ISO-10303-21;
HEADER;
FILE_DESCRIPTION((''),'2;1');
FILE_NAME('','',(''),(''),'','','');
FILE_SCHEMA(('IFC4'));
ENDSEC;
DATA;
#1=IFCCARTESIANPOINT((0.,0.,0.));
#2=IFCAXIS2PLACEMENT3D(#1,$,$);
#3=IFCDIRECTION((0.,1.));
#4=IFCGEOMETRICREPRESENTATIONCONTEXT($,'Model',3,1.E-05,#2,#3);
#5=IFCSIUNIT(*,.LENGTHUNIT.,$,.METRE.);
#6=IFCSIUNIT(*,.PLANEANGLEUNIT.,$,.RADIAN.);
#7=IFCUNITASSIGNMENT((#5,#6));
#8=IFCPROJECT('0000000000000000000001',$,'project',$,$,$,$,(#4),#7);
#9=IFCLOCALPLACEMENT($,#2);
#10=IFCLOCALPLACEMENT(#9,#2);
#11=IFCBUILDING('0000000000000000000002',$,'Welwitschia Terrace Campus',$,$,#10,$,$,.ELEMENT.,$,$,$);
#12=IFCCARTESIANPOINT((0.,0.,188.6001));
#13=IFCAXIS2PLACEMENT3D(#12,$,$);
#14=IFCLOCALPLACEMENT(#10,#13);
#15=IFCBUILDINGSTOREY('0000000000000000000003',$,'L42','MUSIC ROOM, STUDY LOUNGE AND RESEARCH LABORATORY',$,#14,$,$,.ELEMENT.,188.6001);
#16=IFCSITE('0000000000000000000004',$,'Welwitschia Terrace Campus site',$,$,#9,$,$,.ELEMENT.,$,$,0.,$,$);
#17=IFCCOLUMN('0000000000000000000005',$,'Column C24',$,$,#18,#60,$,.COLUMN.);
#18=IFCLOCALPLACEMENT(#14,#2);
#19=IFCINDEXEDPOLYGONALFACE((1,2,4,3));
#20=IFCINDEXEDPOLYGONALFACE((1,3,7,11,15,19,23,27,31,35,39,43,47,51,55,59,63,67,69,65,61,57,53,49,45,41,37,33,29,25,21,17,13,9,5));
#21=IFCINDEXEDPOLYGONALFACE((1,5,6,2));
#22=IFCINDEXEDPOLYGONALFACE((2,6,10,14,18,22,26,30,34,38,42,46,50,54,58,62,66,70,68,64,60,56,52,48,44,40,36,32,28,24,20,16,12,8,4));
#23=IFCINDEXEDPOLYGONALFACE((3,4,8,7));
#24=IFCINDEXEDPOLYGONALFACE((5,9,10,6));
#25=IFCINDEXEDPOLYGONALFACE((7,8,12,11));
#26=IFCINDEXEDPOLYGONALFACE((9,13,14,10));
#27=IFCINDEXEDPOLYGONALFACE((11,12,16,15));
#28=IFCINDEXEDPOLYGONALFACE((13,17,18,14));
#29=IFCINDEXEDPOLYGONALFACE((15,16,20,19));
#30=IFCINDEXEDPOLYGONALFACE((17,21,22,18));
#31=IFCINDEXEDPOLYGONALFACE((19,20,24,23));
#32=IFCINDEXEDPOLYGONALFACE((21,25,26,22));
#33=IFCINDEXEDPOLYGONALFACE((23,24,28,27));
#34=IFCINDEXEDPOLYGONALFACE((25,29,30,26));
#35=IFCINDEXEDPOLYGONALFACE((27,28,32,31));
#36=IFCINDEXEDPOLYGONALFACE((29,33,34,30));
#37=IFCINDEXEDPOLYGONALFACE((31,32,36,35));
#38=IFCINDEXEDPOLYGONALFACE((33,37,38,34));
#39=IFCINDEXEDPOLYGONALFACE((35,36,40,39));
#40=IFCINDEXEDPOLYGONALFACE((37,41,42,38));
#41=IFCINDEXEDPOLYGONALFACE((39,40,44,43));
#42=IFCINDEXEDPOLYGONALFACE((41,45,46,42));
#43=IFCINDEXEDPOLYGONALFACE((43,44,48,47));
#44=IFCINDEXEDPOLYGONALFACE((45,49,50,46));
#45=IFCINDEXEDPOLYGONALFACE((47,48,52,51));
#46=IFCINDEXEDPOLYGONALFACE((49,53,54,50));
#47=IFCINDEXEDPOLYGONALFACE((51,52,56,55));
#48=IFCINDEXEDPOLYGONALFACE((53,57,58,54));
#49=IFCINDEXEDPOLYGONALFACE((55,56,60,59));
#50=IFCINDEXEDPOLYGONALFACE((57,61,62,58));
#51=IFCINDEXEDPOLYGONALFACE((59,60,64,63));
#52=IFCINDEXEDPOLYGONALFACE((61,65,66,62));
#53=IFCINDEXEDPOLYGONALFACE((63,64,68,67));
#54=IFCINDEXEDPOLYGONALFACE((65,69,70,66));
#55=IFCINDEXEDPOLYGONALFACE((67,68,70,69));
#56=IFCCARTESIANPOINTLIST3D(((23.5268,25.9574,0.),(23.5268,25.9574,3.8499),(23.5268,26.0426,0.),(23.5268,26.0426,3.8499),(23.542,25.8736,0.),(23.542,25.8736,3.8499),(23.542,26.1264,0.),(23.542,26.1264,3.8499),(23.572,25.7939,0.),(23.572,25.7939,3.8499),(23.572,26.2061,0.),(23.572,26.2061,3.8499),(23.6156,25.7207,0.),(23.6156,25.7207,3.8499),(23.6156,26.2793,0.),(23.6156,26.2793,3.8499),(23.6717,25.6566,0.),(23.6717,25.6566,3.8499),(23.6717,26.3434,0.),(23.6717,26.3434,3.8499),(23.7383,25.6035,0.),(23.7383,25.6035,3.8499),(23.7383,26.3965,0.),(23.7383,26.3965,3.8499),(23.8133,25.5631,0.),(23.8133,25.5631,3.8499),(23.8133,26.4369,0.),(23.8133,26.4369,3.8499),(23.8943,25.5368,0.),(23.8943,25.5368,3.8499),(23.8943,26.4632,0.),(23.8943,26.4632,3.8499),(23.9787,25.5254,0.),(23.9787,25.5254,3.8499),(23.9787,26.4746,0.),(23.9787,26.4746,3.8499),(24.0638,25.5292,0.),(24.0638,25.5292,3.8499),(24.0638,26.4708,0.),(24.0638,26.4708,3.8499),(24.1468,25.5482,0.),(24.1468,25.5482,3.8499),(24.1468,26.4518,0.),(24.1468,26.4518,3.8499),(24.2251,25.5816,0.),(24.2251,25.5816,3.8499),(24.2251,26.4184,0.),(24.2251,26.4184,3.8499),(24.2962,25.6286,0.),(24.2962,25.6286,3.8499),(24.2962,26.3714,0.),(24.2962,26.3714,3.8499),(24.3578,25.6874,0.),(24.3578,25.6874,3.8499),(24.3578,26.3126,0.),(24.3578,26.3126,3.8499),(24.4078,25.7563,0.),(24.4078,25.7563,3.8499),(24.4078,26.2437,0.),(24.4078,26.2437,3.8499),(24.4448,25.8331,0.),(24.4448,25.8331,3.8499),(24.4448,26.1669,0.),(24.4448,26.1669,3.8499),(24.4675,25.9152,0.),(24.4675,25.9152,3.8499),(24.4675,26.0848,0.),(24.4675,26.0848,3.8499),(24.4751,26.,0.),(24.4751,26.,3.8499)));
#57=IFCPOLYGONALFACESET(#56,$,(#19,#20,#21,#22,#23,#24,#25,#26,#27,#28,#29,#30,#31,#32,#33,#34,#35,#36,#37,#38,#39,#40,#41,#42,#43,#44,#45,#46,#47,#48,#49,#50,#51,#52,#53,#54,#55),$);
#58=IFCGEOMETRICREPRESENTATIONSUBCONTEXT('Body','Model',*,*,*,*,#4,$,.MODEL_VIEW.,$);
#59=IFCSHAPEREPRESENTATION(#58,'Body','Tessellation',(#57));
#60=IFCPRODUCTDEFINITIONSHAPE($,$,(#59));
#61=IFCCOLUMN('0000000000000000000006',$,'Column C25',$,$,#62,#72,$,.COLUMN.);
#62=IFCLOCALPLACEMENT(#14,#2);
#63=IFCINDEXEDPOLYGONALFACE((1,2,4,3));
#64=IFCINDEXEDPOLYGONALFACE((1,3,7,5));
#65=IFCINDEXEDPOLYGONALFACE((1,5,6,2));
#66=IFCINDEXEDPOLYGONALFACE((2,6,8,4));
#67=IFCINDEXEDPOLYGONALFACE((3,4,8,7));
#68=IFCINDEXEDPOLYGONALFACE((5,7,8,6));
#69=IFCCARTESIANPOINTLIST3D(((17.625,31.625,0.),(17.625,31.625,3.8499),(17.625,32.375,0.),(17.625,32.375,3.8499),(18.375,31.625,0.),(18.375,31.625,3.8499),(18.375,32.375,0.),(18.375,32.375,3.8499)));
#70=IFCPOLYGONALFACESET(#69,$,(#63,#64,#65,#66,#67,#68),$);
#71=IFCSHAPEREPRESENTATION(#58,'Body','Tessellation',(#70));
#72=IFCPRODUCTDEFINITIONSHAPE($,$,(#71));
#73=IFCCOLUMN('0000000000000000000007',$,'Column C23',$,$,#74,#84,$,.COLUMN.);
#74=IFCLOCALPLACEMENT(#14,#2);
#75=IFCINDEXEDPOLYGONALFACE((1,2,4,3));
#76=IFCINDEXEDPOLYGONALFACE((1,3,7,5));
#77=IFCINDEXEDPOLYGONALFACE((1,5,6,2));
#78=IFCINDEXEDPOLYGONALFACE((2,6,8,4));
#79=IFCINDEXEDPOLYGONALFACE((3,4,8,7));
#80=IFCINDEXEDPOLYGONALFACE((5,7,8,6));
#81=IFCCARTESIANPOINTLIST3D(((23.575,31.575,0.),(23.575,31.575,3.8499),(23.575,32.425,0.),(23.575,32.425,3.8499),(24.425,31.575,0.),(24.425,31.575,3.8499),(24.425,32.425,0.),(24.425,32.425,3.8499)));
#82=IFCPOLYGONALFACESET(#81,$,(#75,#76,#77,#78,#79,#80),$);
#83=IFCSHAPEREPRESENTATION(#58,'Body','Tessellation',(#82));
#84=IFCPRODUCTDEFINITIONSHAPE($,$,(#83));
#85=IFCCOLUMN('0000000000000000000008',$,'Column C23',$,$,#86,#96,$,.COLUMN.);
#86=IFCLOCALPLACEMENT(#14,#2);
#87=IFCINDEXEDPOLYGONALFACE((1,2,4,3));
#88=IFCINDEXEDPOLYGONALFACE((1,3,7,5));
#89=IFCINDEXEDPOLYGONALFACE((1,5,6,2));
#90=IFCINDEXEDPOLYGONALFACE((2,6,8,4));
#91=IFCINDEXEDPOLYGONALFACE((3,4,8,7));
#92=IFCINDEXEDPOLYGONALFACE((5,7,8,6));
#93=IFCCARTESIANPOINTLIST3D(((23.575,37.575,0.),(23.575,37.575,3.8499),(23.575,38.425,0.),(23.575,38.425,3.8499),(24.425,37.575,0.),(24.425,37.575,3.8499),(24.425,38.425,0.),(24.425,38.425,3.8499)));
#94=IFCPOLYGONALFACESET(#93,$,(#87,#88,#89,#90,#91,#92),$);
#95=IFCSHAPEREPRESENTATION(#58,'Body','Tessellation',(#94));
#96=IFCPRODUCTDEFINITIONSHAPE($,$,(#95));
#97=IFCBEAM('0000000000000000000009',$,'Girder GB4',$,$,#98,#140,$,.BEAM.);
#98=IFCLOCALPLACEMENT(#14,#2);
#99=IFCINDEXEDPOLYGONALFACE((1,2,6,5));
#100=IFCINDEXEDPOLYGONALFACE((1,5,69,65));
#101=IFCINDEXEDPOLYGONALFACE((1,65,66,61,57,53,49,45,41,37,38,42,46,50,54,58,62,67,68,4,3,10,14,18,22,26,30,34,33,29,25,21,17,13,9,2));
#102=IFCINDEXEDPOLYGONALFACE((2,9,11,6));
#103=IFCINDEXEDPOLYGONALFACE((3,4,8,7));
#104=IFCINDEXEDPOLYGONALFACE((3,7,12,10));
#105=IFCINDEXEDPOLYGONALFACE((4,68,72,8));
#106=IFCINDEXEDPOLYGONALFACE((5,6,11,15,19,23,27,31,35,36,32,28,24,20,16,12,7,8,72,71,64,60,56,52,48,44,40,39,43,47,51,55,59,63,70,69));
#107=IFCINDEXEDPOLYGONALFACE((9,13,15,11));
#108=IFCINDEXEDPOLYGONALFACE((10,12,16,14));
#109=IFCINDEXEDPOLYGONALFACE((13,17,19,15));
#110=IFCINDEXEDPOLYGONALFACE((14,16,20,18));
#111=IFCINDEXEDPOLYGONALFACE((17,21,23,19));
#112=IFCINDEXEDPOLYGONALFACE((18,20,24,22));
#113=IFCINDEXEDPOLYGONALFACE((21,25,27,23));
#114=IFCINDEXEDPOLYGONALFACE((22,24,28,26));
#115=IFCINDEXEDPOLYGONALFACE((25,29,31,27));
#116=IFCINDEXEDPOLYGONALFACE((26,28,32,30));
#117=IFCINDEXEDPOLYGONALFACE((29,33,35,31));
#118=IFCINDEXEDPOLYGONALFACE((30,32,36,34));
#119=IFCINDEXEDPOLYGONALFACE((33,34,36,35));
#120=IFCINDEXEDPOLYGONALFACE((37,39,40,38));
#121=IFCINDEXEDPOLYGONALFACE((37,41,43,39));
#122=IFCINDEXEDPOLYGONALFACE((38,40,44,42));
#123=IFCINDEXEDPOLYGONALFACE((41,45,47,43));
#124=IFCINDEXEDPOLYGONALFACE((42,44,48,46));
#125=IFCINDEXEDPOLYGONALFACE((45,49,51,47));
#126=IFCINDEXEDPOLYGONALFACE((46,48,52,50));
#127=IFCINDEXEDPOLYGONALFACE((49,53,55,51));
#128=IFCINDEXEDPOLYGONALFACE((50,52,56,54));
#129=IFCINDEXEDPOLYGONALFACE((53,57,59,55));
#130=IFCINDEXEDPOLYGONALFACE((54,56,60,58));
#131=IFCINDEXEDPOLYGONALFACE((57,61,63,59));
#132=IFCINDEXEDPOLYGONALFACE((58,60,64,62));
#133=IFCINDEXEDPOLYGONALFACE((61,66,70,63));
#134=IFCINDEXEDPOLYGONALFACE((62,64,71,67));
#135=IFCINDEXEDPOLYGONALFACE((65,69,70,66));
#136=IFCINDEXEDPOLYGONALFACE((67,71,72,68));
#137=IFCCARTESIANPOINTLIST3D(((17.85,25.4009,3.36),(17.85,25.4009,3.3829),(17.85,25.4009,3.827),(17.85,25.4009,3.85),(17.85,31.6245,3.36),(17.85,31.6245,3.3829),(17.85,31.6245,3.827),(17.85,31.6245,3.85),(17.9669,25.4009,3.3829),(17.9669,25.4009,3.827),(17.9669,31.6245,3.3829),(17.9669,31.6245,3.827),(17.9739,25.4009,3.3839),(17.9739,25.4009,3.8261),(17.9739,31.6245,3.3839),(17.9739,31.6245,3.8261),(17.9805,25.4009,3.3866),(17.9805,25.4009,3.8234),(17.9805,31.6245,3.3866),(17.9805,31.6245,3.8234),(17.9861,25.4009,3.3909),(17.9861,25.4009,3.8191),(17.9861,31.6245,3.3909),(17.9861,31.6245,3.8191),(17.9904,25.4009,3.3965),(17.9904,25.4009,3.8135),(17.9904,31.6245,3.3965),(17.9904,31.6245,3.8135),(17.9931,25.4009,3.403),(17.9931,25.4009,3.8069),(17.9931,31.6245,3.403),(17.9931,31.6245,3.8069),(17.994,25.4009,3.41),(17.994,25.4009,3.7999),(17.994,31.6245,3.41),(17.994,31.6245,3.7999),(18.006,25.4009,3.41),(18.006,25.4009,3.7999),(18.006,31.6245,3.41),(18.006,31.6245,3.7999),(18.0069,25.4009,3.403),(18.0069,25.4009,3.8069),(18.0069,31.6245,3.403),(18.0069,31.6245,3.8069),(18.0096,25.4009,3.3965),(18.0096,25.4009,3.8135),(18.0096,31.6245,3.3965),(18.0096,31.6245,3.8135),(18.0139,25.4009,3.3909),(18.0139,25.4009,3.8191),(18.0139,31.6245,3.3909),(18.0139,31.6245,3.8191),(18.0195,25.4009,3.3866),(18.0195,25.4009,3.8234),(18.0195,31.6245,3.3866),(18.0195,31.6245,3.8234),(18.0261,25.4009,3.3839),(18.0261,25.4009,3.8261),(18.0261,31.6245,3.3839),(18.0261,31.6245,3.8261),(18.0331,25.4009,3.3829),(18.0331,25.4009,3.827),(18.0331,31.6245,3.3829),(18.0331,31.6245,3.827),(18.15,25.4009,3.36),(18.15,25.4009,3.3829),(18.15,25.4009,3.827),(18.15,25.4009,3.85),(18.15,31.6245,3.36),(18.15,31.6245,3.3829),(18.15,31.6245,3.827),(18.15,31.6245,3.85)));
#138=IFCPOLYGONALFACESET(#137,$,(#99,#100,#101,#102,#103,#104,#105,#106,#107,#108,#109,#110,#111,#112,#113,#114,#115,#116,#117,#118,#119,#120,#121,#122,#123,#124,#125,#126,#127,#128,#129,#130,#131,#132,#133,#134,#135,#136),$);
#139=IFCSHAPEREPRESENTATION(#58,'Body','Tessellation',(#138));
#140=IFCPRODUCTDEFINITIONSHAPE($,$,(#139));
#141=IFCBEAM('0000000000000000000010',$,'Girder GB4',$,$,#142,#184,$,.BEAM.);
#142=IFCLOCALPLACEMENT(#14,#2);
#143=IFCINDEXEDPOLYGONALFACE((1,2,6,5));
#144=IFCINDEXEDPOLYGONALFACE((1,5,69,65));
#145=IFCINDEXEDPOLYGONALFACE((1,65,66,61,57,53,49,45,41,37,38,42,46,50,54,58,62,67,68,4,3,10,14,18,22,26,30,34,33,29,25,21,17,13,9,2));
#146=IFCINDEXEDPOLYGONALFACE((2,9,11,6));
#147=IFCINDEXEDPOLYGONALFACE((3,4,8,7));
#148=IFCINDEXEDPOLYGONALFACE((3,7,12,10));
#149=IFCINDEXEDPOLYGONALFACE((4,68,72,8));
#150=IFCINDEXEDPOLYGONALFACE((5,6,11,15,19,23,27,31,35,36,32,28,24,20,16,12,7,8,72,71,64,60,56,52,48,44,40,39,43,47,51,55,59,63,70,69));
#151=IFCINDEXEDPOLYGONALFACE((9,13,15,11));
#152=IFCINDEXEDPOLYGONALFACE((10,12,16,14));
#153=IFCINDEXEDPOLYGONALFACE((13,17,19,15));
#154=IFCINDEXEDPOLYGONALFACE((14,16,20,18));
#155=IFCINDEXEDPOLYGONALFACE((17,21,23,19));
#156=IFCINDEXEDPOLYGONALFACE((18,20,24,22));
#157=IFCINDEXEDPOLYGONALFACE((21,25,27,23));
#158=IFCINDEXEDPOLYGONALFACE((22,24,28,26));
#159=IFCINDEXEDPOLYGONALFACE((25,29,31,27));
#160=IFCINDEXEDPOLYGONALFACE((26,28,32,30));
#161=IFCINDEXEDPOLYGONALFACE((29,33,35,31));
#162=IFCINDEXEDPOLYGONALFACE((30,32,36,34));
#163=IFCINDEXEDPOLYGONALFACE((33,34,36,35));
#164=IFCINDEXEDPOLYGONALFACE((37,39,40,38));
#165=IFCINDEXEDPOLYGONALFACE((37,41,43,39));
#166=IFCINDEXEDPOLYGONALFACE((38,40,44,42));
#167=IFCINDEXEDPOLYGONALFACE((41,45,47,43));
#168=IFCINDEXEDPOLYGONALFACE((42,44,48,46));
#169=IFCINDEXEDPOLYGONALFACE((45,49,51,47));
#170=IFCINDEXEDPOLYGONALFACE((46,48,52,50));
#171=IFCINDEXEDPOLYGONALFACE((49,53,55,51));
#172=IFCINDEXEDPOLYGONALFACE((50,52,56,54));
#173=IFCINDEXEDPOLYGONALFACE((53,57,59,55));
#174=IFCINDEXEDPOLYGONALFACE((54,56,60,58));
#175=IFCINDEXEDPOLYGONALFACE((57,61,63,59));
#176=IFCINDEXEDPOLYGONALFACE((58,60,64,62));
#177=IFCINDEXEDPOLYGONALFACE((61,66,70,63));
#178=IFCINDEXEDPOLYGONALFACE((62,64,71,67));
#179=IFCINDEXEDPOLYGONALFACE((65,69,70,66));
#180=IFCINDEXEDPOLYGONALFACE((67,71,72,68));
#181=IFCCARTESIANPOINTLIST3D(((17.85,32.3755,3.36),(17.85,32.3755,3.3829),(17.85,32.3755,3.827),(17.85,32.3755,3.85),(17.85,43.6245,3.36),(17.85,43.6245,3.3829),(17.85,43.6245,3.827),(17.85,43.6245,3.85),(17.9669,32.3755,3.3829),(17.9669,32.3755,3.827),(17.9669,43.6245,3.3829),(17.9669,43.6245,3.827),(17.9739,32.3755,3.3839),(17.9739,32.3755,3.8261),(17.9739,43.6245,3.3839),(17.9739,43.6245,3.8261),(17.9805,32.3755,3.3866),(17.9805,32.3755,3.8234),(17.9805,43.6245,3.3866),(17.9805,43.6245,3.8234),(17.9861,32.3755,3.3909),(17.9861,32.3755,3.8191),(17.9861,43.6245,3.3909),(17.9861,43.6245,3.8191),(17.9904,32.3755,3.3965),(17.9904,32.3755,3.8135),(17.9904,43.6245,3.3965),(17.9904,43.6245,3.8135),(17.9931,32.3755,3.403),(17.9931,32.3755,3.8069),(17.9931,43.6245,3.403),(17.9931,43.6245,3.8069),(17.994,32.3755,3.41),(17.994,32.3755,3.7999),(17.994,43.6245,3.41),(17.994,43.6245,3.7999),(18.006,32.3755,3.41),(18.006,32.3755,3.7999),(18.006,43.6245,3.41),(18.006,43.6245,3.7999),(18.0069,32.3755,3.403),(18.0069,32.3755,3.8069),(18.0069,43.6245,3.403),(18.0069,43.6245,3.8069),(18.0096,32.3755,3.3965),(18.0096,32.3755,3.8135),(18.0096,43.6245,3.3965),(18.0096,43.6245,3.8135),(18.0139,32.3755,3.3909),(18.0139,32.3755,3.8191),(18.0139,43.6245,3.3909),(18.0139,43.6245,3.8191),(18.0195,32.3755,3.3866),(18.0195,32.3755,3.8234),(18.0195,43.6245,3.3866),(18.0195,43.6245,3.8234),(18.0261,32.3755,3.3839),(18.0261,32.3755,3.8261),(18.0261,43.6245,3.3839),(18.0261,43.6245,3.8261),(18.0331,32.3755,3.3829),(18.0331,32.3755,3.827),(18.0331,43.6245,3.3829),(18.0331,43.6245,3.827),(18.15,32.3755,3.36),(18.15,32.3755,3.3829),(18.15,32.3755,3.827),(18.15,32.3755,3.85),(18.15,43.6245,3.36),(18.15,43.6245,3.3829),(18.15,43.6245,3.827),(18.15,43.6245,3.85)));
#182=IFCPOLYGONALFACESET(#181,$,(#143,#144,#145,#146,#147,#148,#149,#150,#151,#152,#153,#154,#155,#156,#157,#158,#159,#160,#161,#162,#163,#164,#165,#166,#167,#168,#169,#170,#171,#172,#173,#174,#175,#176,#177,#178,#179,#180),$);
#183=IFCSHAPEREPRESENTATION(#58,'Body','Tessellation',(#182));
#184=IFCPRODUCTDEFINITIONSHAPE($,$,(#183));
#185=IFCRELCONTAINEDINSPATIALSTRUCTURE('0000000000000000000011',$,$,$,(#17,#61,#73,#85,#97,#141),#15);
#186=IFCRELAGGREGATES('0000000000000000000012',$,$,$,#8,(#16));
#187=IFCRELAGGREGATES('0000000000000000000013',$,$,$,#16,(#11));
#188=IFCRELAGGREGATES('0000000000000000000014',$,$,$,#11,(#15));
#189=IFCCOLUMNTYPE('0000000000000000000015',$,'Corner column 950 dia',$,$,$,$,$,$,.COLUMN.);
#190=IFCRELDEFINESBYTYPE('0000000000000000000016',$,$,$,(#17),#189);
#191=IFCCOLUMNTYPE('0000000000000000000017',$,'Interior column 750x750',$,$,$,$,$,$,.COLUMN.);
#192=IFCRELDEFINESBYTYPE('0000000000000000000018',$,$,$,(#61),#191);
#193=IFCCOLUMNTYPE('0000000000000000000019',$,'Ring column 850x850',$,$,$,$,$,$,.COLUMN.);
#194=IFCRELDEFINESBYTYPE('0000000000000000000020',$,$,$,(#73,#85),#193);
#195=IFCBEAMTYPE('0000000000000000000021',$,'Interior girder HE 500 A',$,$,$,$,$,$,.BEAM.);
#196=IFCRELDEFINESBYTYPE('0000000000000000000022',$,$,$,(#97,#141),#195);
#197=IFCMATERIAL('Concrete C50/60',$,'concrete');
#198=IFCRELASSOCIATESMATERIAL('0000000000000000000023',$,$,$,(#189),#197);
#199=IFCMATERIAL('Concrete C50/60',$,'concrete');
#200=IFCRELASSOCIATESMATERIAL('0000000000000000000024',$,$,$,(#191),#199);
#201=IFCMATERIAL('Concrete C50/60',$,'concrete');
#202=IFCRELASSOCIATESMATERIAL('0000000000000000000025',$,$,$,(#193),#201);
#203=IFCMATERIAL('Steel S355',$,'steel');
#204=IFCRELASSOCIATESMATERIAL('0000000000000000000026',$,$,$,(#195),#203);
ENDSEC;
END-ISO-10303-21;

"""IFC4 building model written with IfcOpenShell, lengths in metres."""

from ifc_helpers import new_model, si_unit, direction, frame, origin, origin_2d, place, context, subcontext, project, spatial, rectangle, circle, i_section, extrude, material, material_profile, profile_set, type_object, element, save


model = new_model("IFC4")

# Units and contexts
model_context = context("Model", 3, precision=1e-05, world=origin(), true_north=direction((0.0, 1.0)))
body_context = subcontext(model_context, "Body", "Model", "MODEL_VIEW")
ifc_project = project(units=[si_unit("LENGTHUNIT", "METRE"), si_unit("PLANEANGLEUNIT", "RADIAN")], contexts=[model_context])

# Site, building, storey
site_placement = place(None, origin())
site = spatial("IfcSite", under=ifc_project, at=site_placement, Name="Welwitschia Terrace Campus site", CompositionType="ELEMENT", RefElevation=0.0)
building_placement = place(site_placement, origin())
building = spatial("IfcBuilding", under=site, at=building_placement, Name="Welwitschia Terrace Campus", CompositionType="ELEMENT")
storey_placement = place(building_placement, frame((0.0, 0.0, 188.6001)))
storey = spatial("IfcBuildingStorey", under=building, at=storey_placement, Name="L42", Description="MUSIC ROOM, STUDY LOUNGE AND RESEARCH LABORATORY", CompositionType="ELEMENT", Elevation=188.6001)

# Columns
ifc_material_1 = material(Name="Concrete C50/60", Category="concrete")
ifc_material_profile_1 = material_profile(ifc_material_1, circle(Radius=0.4751, at=origin_2d()))
ifc_profile_set_1 = profile_set([ifc_material_profile_1], Name="Concrete C50/60")
column_type_1 = type_object("IfcColumnType", Name="Corner column 950 dia", PredefinedType="COLUMN", material=ifc_profile_set_1)
column_1_placement = place(storey_placement, frame((24.0, 26.0, 0.0), z_axis=(0.0, 0.0, 1.0), x_axis=(1.0, 0.0, 0.0)))
element("IfcColumn", 1, at=column_1_placement, inside=storey, type_object=column_type_1, Name="Column C24", PredefinedType="COLUMN", context=body_context, shape_type="SweptSolid", body=[
    extrude(circle(Radius=0.4751, at=origin_2d()), origin(), (0.0, 0.0, 1.0), 3.8499),
])
ifc_material_2 = material(Name="Concrete C50/60", Category="concrete")
ifc_material_profile_2 = material_profile(ifc_material_2, rectangle(XDim=0.75, YDim=0.75, at=origin_2d()))
ifc_profile_set_2 = profile_set([ifc_material_profile_2], Name="Concrete C50/60")
column_type_2 = type_object("IfcColumnType", Name="Interior column 750x750", PredefinedType="COLUMN", material=ifc_profile_set_2)
column_2_placement = place(storey_placement, frame((18.0, 32.0, 0.0), z_axis=(0.0, 0.0, 1.0), x_axis=(1.0, 0.0, 0.0)))
element("IfcColumn", 2, at=column_2_placement, inside=storey, type_object=column_type_2, Name="Column C25", PredefinedType="COLUMN", context=body_context, shape_type="SweptSolid", body=[
    extrude(rectangle(XDim=0.75, YDim=0.75, at=origin_2d()), origin(), (0.0, 0.0, 1.0), 3.8499),
])
ifc_material_3 = material(Name="Concrete C50/60", Category="concrete")
ifc_material_profile_3 = material_profile(ifc_material_3, rectangle(XDim=0.8501, YDim=0.8501, at=origin_2d()))
ifc_profile_set_3 = profile_set([ifc_material_profile_3], Name="Concrete C50/60")
column_type_3 = type_object("IfcColumnType", Name="Ring column 850x850", PredefinedType="COLUMN", material=ifc_profile_set_3)
for number, where, z_axis, x_axis, name in (
    (3, (24.0, 32.0, 0.0), (0.0, 0.0, 1.0), (1.0, 0.0, 0.0), "Column C23"),
    (4, (24.0, 38.0, 0.0), (0.0, 0.0, 1.0), (1.0, 0.0, 0.0), "Column C23"),
):
    element("IfcColumn", number, at=place(storey_placement, frame(where, z_axis=z_axis, x_axis=x_axis)), inside=storey, type_object=column_type_3, Name=name, PredefinedType="COLUMN", context=body_context, shape_type="SweptSolid", body=[
        extrude(rectangle(XDim=0.8501, YDim=0.8501, at=origin_2d()), origin(), (0.0, 0.0, 1.0), 3.8499),
    ])

# Beams
ifc_material_4 = material(Name="Steel S355", Category="steel")
ifc_material_profile_4 = material_profile(ifc_material_4, i_section(OverallWidth=0.3, OverallDepth=0.49, WebThickness=0.012, FlangeThickness=0.0229, FilletRadius=0.0271, at=origin_2d()))
ifc_profile_set_4 = profile_set([ifc_material_profile_4], Name="Steel S355")
beam_type_1 = type_object("IfcBeamType", Name="Interior girder HE 500 A", PredefinedType="BEAM", material=ifc_profile_set_4)
beam_1_placement = place(storey_placement, frame((18.0, 25.4009, 3.605), z_axis=(0.0, 1.0, 0.0), x_axis=(-1.0, 0.0, 0.0)))
element("IfcBeam", 5, at=beam_1_placement, inside=storey, type_object=beam_type_1, Name="Girder GB4", PredefinedType="BEAM", context=body_context, shape_type="SweptSolid", body=[
    extrude(i_section(OverallWidth=0.3, OverallDepth=0.49, WebThickness=0.012, FlangeThickness=0.0229, FilletRadius=0.0271, at=origin_2d()), origin(), (0.0, 0.0, 1.0), 6.2236),
])
beam_2_placement = place(storey_placement, frame((18.0, 32.3755, 3.605), z_axis=(0.0, 1.0, 0.0), x_axis=(-1.0, 0.0, 0.0)))
element("IfcBeam", 6, at=beam_2_placement, inside=storey, type_object=beam_type_1, Name="Girder GB4", PredefinedType="BEAM", context=body_context, shape_type="SweptSolid", body=[
    extrude(i_section(OverallWidth=0.3, OverallDepth=0.49, WebThickness=0.012, FlangeThickness=0.0229, FilletRadius=0.0271, at=origin_2d()), origin(), (0.0, 0.0, 1.0), 11.249),
])

save(model, "model.ifc")
